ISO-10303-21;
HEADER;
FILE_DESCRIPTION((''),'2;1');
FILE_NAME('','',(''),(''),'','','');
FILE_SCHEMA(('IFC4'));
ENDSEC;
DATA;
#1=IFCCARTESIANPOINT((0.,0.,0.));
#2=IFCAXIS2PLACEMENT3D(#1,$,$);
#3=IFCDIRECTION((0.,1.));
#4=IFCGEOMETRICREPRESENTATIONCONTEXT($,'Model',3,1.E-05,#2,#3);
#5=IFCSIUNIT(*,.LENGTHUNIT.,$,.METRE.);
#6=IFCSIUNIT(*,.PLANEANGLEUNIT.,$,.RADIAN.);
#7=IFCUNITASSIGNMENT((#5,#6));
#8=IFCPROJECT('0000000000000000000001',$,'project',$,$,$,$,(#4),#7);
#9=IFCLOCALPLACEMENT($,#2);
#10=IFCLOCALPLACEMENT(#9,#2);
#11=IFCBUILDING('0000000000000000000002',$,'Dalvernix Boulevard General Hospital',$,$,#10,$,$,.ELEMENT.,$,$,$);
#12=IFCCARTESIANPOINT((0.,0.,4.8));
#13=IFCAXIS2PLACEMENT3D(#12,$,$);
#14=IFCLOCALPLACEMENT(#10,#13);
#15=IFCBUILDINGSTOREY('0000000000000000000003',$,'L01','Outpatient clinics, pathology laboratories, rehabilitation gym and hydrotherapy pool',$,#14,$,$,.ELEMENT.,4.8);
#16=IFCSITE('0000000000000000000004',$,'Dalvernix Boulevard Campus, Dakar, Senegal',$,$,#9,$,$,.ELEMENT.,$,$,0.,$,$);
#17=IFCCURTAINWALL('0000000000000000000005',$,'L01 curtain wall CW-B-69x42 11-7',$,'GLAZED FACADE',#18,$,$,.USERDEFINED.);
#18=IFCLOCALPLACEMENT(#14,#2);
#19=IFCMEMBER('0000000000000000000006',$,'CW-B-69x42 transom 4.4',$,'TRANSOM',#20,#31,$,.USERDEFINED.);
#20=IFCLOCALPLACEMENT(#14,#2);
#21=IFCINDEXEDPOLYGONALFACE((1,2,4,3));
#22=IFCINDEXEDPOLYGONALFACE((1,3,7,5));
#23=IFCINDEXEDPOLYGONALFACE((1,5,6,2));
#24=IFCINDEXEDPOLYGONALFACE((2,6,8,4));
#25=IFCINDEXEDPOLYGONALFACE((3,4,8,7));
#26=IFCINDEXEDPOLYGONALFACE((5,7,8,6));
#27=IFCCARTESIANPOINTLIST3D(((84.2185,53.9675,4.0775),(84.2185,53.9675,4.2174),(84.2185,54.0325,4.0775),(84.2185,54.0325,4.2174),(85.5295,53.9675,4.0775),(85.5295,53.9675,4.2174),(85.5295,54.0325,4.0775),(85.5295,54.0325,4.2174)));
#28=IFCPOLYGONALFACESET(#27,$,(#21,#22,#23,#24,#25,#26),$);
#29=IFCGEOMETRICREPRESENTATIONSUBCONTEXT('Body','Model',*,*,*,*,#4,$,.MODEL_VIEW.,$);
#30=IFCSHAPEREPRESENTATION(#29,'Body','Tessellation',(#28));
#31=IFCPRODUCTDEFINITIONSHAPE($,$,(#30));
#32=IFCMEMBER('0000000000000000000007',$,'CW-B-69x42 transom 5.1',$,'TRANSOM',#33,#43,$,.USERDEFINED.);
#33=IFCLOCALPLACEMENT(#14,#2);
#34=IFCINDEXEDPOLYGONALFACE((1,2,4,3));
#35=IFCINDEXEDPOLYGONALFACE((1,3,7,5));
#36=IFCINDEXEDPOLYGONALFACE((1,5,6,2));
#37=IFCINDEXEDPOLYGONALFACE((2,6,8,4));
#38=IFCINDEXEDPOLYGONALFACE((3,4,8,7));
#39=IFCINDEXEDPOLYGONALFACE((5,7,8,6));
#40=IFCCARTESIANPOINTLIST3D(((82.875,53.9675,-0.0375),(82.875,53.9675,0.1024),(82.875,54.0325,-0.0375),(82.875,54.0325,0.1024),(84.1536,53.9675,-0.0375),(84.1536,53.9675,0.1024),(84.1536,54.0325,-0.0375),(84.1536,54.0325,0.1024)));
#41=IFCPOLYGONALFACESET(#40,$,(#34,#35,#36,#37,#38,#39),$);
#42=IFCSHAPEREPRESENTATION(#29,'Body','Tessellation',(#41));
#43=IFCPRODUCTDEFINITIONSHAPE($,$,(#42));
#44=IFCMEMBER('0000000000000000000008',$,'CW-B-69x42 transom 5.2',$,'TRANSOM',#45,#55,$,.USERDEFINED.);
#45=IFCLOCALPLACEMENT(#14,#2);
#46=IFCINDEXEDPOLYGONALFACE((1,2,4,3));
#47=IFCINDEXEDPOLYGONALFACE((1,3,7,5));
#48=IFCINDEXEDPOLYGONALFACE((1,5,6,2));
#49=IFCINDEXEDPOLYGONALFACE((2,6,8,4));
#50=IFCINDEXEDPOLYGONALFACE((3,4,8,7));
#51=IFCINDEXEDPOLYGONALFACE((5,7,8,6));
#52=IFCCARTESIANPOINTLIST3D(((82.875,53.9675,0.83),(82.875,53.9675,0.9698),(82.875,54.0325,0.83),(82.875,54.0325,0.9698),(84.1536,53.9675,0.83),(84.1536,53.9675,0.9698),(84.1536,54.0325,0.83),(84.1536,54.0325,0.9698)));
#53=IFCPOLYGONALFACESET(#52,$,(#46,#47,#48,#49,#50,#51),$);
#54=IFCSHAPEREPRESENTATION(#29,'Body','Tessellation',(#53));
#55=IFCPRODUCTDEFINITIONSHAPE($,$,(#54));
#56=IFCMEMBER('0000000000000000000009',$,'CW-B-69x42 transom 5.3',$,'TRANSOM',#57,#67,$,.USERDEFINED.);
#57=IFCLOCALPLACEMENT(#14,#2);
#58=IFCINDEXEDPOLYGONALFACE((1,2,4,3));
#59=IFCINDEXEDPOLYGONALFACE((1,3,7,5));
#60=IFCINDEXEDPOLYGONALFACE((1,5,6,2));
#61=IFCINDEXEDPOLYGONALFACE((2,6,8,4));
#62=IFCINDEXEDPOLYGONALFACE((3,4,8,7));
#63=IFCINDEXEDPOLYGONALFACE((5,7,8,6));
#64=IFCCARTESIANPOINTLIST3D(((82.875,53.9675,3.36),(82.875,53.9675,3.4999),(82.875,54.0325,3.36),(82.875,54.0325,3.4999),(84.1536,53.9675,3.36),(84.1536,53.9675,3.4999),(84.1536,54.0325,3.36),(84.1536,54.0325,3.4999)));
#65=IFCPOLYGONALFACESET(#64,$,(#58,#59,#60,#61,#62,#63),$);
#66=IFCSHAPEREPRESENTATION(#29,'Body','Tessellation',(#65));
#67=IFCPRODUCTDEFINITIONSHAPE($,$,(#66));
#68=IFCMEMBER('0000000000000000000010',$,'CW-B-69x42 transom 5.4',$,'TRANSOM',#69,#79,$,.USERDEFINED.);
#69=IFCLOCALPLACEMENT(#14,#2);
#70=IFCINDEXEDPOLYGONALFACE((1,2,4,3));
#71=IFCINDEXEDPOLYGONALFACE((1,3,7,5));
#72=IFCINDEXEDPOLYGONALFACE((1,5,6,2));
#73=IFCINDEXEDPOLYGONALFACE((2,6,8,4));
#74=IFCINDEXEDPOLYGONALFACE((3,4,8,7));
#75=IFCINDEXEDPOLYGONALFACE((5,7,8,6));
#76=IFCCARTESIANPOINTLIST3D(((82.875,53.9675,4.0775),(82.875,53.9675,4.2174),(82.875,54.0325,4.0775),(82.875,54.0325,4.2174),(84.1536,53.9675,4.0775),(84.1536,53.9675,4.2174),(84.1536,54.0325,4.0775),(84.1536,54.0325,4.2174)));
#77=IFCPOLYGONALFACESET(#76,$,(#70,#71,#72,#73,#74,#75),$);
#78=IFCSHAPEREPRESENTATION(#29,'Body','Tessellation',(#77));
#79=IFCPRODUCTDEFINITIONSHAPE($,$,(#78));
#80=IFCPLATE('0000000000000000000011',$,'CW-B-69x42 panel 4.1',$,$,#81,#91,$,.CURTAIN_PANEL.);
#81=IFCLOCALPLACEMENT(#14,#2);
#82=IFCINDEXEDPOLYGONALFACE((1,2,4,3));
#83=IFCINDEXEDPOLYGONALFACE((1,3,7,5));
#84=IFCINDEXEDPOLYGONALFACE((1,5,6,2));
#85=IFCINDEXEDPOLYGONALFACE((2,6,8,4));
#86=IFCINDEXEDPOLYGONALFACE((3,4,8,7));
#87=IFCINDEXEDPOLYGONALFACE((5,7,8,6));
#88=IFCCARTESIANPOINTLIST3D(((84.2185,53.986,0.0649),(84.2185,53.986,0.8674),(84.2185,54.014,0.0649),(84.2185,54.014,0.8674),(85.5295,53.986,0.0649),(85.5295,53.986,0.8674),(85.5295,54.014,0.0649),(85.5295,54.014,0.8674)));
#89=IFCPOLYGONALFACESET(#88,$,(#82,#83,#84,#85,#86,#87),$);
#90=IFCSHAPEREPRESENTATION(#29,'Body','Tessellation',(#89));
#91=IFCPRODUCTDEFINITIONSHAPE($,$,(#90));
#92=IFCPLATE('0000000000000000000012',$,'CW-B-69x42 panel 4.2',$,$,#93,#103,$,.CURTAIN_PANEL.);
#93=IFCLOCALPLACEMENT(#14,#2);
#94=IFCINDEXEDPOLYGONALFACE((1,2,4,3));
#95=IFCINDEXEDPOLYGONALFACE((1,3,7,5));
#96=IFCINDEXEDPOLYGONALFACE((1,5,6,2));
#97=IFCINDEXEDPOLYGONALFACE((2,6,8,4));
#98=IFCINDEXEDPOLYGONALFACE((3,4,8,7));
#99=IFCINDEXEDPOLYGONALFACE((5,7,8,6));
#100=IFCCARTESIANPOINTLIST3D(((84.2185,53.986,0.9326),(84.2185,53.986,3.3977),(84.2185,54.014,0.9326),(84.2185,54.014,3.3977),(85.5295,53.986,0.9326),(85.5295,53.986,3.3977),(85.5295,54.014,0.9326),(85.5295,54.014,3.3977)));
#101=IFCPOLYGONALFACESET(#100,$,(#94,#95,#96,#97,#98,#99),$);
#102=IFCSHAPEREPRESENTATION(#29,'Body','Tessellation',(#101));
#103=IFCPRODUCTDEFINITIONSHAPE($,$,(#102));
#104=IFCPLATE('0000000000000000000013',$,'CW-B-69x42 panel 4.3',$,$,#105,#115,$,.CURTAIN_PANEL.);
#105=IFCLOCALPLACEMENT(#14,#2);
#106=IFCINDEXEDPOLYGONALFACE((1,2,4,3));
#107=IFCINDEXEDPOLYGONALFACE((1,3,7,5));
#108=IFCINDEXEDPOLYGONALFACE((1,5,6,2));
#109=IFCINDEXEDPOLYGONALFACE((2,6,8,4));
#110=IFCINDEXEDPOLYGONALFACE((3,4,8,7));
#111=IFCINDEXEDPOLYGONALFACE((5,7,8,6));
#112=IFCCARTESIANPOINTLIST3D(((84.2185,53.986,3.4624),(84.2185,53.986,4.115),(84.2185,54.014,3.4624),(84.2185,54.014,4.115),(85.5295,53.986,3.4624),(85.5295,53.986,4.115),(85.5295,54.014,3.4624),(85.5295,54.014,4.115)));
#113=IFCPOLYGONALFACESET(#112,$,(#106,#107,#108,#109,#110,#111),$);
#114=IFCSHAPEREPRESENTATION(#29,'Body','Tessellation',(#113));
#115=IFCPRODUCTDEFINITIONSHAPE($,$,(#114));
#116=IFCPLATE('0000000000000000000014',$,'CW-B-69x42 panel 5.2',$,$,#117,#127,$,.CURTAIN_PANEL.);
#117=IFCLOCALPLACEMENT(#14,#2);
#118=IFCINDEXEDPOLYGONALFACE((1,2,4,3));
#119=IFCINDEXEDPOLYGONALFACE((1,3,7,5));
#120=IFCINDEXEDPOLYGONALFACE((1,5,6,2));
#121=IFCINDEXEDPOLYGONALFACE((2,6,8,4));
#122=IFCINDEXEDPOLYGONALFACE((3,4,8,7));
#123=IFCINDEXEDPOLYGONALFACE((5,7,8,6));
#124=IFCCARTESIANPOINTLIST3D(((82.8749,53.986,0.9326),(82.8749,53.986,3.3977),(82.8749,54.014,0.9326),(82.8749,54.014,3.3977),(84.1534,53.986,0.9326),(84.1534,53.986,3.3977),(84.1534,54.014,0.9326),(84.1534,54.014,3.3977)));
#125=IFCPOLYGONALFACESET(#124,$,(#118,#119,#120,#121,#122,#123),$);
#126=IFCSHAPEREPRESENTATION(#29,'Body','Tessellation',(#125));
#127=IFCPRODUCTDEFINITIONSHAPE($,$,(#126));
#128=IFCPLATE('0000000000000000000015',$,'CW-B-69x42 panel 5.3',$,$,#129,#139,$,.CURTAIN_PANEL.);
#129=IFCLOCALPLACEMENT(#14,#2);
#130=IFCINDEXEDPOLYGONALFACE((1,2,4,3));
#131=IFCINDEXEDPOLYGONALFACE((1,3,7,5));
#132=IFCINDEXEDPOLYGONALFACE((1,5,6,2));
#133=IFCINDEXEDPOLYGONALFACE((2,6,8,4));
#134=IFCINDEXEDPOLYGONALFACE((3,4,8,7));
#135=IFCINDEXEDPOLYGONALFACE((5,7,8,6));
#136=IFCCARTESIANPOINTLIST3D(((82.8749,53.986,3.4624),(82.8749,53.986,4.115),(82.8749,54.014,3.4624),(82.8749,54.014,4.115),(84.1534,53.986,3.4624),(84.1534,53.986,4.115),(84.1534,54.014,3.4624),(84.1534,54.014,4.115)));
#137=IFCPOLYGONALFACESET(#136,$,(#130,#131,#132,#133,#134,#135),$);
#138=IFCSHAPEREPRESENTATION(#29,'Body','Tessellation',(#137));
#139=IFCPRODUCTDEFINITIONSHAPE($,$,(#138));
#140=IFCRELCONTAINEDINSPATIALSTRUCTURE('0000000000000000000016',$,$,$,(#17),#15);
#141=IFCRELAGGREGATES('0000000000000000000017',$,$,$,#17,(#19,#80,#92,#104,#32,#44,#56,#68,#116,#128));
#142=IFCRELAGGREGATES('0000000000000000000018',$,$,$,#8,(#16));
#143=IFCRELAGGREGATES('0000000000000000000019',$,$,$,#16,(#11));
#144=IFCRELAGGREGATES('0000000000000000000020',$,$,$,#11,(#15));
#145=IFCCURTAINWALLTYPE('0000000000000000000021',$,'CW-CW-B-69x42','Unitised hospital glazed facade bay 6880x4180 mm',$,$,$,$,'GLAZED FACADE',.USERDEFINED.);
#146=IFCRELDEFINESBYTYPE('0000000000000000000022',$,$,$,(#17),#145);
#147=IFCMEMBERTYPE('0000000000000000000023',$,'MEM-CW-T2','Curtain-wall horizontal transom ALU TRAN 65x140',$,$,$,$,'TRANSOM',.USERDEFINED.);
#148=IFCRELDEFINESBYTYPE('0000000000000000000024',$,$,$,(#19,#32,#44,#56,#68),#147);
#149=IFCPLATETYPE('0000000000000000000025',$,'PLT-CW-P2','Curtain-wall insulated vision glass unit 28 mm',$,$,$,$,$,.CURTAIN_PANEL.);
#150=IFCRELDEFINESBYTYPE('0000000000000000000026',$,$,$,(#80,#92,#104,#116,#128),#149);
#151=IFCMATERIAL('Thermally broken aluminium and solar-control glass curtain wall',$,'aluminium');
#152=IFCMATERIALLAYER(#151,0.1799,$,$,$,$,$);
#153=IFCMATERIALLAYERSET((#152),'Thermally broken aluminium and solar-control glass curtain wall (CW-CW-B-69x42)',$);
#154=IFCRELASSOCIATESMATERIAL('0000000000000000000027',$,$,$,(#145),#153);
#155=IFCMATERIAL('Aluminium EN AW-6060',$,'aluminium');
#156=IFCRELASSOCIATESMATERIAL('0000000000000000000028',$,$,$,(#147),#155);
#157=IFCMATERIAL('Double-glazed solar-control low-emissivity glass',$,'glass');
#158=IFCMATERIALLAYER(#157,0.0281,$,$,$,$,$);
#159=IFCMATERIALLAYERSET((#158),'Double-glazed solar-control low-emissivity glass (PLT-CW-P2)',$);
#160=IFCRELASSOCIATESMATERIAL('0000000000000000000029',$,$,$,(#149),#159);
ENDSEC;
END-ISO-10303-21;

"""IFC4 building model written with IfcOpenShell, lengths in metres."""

from ifc_helpers import new_model, si_unit, direction, frame, origin, origin_2d, place, context, subcontext, project, spatial, rectangle, extrude, material, layer, layer_set, material_profile, profile_set, type_object, element, aggregate, save


model = new_model("IFC4")

# Units and contexts
model_context = context("Model", 3, precision=1e-05, world=origin(), true_north=direction((0.0, 1.0)))
body_context = subcontext(model_context, "Body", "Model", "MODEL_VIEW")
ifc_project = project(units=[si_unit("LENGTHUNIT", "METRE"), si_unit("PLANEANGLEUNIT", "RADIAN")], contexts=[model_context])

# Site, building, storey
site_placement = place(None, origin())
site = spatial("IfcSite", under=ifc_project, at=site_placement, Name="Dalvernix Boulevard Campus, Dakar, Senegal", CompositionType="ELEMENT", RefElevation=0.0)
building_placement = place(site_placement, origin())
building = spatial("IfcBuilding", under=site, at=building_placement, Name="Dalvernix Boulevard General Hospital", CompositionType="ELEMENT")
storey_placement = place(building_placement, frame((0.0, 0.0, 4.8)))
storey = spatial("IfcBuildingStorey", under=building, at=storey_placement, Name="L01", Description="Outpatient clinics, pathology laboratories, rehabilitation gym and hydrotherapy pool", CompositionType="ELEMENT", Elevation=4.8)

# Curtain wall, members, plates
ifc_material_1 = material(Name="Thermally broken aluminium and solar-control glass curtain wall", Category="aluminium")
ifc_layer_1 = layer(ifc_material_1, 0.1799)
ifc_layer_set_1 = layer_set([ifc_layer_1], Name="Thermally broken aluminium and solar-control glass curtain wall (CW-CW-B-69x42)")
curtain_wall_type = type_object("IfcCurtainWallType", Name="CW-CW-B-69x42", Description="Unitised hospital glazed facade bay 6880x4180 mm", ElementType="GLAZED FACADE", PredefinedType="USERDEFINED", material=ifc_layer_set_1)
curtain_wall_placement = place(storey_placement, origin())
curtain_wall = element("IfcCurtainWall", 1, at=curtain_wall_placement, inside=storey, type_object=curtain_wall_type, Name="L01 curtain wall CW-B-69x42 11-7", ObjectType="GLAZED FACADE", PredefinedType="USERDEFINED")
ifc_material_2 = material(Name="Aluminium EN AW-6060", Category="aluminium")
ifc_material_profile_1 = material_profile(ifc_material_2, rectangle(XDim=0.0649, YDim=0.1399, at=origin_2d()), Name="ALU TRAN 65x140")
ifc_profile_set_1 = profile_set([ifc_material_profile_1], Name="Aluminium EN AW-6060")
member_type_1 = type_object("IfcMemberType", Name="MEM-CW-T2", Description="Curtain-wall horizontal transom ALU TRAN 65x140", ElementType="TRANSOM", PredefinedType="USERDEFINED", material=ifc_profile_set_1)
member_1_placement = place(storey_placement, frame((85.5295, 54.0, 4.1475), z_axis=(-1.0, 0.0, 0.0), x_axis=(0.0, -1.0, 0.0)))
member_1 = element("IfcMember", 2, at=member_1_placement, type_object=member_type_1, Name="CW-B-69x42 transom 4.4", ObjectType="TRANSOM", PredefinedType="USERDEFINED", context=body_context, shape_type="SweptSolid", body=[
    extrude(rectangle(XDim=0.0649, YDim=0.1399, at=origin_2d()), origin(), (0.0, 0.0, 1.0), 1.311),
])
member_2_placement = place(storey_placement, frame((84.1536, 54.0, 0.0325), z_axis=(-1.0, 0.0, 0.0), x_axis=(0.0, -1.0, 0.0)))
member_2 = element("IfcMember", 3, at=member_2_placement, type_object=member_type_1, Name="CW-B-69x42 transom 5.1", ObjectType="TRANSOM", PredefinedType="USERDEFINED", context=body_context, shape_type="SweptSolid", body=[
    extrude(rectangle(XDim=0.0649, YDim=0.1399, at=origin_2d()), origin(), (0.0, 0.0, 1.0), 1.2786),
])
member_3_placement = place(storey_placement, frame((84.1536, 54.0, 0.8999), z_axis=(-1.0, 0.0, 0.0), x_axis=(0.0, -1.0, 0.0)))
member_3 = element("IfcMember", 4, at=member_3_placement, type_object=member_type_1, Name="CW-B-69x42 transom 5.2", ObjectType="TRANSOM", PredefinedType="USERDEFINED", context=body_context, shape_type="SweptSolid", body=[
    extrude(rectangle(XDim=0.0649, YDim=0.1399, at=origin_2d()), origin(), (0.0, 0.0, 1.0), 1.2786),
])
member_4_placement = place(storey_placement, frame((84.1536, 54.0, 3.4299), z_axis=(-1.0, 0.0, 0.0), x_axis=(0.0, -1.0, 0.0)))
member_4 = element("IfcMember", 5, at=member_4_placement, type_object=member_type_1, Name="CW-B-69x42 transom 5.3", ObjectType="TRANSOM", PredefinedType="USERDEFINED", context=body_context, shape_type="SweptSolid", body=[
    extrude(rectangle(XDim=0.0649, YDim=0.1399, at=origin_2d()), origin(), (0.0, 0.0, 1.0), 1.2786),
])
member_5_placement = place(storey_placement, frame((84.1536, 54.0, 4.1475), z_axis=(-1.0, 0.0, 0.0), x_axis=(0.0, -1.0, 0.0)))
member_5 = element("IfcMember", 6, at=member_5_placement, type_object=member_type_1, Name="CW-B-69x42 transom 5.4", ObjectType="TRANSOM", PredefinedType="USERDEFINED", context=body_context, shape_type="SweptSolid", body=[
    extrude(rectangle(XDim=0.0649, YDim=0.1399, at=origin_2d()), origin(), (0.0, 0.0, 1.0), 1.2786),
])
ifc_material_3 = material(Name="Double-glazed solar-control low-emissivity glass", Category="glass")
ifc_layer_2 = layer(ifc_material_3, 0.0281)
ifc_layer_set_2 = layer_set([ifc_layer_2], Name="Double-glazed solar-control low-emissivity glass (PLT-CW-P2)")
plate_type = type_object("IfcPlateType", Name="PLT-CW-P2", Description="Curtain-wall insulated vision glass unit 28 mm", PredefinedType="CURTAIN_PANEL", material=ifc_layer_set_2)
plate_1_placement = place(storey_placement, frame((84.874, 54.0, 0.0649), z_axis=(0.0, 0.0, 1.0), x_axis=(-1.0, 0.0, 0.0)))
plate_1 = element("IfcPlate", 7, at=plate_1_placement, type_object=plate_type, Name="CW-B-69x42 panel 4.1", PredefinedType="CURTAIN_PANEL", context=body_context, shape_type="SweptSolid", body=[
    extrude(rectangle(XDim=1.311, YDim=0.0281, at=origin_2d()), origin(), (0.0, 0.0, 1.0), 0.8025),
])
plate_2_placement = place(storey_placement, frame((84.874, 54.0, 0.9326), z_axis=(0.0, 0.0, 1.0), x_axis=(-1.0, 0.0, 0.0)))
plate_2 = element("IfcPlate", 8, at=plate_2_placement, type_object=plate_type, Name="CW-B-69x42 panel 4.2", PredefinedType="CURTAIN_PANEL", context=body_context, shape_type="SweptSolid", body=[
    extrude(rectangle(XDim=1.311, YDim=0.0281, at=origin_2d()), origin(), (0.0, 0.0, 1.0), 2.4651),
])
plate_3_placement = place(storey_placement, frame((84.874, 54.0, 3.4624), z_axis=(0.0, 0.0, 1.0), x_axis=(-1.0, 0.0, 0.0)))
plate_3 = element("IfcPlate", 9, at=plate_3_placement, type_object=plate_type, Name="CW-B-69x42 panel 4.3", PredefinedType="CURTAIN_PANEL", context=body_context, shape_type="SweptSolid", body=[
    extrude(rectangle(XDim=1.311, YDim=0.0281, at=origin_2d()), origin(), (0.0, 0.0, 1.0), 0.6526),
])
plate_4_placement = place(storey_placement, frame((83.5142, 54.0, 0.9326), z_axis=(0.0, 0.0, 1.0), x_axis=(-1.0, 0.0, 0.0)))
plate_4 = element("IfcPlate", 10, at=plate_4_placement, type_object=plate_type, Name="CW-B-69x42 panel 5.2", PredefinedType="CURTAIN_PANEL", context=body_context, shape_type="SweptSolid", body=[
    extrude(rectangle(XDim=1.2786, YDim=0.0281, at=origin_2d()), origin(), (0.0, 0.0, 1.0), 2.4651),
])
plate_5_placement = place(storey_placement, frame((83.5142, 54.0, 3.4624), z_axis=(0.0, 0.0, 1.0), x_axis=(-1.0, 0.0, 0.0)))
plate_5 = element("IfcPlate", 11, at=plate_5_placement, type_object=plate_type, Name="CW-B-69x42 panel 5.3", PredefinedType="CURTAIN_PANEL", context=body_context, shape_type="SweptSolid", body=[
    extrude(rectangle(XDim=1.2786, YDim=0.0281, at=origin_2d()), origin(), (0.0, 0.0, 1.0), 0.6526),
])
aggregate(curtain_wall, [member_1, plate_1, plate_2, plate_3, member_2, member_3, member_4, member_5, plate_4, plate_5])

save(model, "model.ifc")
